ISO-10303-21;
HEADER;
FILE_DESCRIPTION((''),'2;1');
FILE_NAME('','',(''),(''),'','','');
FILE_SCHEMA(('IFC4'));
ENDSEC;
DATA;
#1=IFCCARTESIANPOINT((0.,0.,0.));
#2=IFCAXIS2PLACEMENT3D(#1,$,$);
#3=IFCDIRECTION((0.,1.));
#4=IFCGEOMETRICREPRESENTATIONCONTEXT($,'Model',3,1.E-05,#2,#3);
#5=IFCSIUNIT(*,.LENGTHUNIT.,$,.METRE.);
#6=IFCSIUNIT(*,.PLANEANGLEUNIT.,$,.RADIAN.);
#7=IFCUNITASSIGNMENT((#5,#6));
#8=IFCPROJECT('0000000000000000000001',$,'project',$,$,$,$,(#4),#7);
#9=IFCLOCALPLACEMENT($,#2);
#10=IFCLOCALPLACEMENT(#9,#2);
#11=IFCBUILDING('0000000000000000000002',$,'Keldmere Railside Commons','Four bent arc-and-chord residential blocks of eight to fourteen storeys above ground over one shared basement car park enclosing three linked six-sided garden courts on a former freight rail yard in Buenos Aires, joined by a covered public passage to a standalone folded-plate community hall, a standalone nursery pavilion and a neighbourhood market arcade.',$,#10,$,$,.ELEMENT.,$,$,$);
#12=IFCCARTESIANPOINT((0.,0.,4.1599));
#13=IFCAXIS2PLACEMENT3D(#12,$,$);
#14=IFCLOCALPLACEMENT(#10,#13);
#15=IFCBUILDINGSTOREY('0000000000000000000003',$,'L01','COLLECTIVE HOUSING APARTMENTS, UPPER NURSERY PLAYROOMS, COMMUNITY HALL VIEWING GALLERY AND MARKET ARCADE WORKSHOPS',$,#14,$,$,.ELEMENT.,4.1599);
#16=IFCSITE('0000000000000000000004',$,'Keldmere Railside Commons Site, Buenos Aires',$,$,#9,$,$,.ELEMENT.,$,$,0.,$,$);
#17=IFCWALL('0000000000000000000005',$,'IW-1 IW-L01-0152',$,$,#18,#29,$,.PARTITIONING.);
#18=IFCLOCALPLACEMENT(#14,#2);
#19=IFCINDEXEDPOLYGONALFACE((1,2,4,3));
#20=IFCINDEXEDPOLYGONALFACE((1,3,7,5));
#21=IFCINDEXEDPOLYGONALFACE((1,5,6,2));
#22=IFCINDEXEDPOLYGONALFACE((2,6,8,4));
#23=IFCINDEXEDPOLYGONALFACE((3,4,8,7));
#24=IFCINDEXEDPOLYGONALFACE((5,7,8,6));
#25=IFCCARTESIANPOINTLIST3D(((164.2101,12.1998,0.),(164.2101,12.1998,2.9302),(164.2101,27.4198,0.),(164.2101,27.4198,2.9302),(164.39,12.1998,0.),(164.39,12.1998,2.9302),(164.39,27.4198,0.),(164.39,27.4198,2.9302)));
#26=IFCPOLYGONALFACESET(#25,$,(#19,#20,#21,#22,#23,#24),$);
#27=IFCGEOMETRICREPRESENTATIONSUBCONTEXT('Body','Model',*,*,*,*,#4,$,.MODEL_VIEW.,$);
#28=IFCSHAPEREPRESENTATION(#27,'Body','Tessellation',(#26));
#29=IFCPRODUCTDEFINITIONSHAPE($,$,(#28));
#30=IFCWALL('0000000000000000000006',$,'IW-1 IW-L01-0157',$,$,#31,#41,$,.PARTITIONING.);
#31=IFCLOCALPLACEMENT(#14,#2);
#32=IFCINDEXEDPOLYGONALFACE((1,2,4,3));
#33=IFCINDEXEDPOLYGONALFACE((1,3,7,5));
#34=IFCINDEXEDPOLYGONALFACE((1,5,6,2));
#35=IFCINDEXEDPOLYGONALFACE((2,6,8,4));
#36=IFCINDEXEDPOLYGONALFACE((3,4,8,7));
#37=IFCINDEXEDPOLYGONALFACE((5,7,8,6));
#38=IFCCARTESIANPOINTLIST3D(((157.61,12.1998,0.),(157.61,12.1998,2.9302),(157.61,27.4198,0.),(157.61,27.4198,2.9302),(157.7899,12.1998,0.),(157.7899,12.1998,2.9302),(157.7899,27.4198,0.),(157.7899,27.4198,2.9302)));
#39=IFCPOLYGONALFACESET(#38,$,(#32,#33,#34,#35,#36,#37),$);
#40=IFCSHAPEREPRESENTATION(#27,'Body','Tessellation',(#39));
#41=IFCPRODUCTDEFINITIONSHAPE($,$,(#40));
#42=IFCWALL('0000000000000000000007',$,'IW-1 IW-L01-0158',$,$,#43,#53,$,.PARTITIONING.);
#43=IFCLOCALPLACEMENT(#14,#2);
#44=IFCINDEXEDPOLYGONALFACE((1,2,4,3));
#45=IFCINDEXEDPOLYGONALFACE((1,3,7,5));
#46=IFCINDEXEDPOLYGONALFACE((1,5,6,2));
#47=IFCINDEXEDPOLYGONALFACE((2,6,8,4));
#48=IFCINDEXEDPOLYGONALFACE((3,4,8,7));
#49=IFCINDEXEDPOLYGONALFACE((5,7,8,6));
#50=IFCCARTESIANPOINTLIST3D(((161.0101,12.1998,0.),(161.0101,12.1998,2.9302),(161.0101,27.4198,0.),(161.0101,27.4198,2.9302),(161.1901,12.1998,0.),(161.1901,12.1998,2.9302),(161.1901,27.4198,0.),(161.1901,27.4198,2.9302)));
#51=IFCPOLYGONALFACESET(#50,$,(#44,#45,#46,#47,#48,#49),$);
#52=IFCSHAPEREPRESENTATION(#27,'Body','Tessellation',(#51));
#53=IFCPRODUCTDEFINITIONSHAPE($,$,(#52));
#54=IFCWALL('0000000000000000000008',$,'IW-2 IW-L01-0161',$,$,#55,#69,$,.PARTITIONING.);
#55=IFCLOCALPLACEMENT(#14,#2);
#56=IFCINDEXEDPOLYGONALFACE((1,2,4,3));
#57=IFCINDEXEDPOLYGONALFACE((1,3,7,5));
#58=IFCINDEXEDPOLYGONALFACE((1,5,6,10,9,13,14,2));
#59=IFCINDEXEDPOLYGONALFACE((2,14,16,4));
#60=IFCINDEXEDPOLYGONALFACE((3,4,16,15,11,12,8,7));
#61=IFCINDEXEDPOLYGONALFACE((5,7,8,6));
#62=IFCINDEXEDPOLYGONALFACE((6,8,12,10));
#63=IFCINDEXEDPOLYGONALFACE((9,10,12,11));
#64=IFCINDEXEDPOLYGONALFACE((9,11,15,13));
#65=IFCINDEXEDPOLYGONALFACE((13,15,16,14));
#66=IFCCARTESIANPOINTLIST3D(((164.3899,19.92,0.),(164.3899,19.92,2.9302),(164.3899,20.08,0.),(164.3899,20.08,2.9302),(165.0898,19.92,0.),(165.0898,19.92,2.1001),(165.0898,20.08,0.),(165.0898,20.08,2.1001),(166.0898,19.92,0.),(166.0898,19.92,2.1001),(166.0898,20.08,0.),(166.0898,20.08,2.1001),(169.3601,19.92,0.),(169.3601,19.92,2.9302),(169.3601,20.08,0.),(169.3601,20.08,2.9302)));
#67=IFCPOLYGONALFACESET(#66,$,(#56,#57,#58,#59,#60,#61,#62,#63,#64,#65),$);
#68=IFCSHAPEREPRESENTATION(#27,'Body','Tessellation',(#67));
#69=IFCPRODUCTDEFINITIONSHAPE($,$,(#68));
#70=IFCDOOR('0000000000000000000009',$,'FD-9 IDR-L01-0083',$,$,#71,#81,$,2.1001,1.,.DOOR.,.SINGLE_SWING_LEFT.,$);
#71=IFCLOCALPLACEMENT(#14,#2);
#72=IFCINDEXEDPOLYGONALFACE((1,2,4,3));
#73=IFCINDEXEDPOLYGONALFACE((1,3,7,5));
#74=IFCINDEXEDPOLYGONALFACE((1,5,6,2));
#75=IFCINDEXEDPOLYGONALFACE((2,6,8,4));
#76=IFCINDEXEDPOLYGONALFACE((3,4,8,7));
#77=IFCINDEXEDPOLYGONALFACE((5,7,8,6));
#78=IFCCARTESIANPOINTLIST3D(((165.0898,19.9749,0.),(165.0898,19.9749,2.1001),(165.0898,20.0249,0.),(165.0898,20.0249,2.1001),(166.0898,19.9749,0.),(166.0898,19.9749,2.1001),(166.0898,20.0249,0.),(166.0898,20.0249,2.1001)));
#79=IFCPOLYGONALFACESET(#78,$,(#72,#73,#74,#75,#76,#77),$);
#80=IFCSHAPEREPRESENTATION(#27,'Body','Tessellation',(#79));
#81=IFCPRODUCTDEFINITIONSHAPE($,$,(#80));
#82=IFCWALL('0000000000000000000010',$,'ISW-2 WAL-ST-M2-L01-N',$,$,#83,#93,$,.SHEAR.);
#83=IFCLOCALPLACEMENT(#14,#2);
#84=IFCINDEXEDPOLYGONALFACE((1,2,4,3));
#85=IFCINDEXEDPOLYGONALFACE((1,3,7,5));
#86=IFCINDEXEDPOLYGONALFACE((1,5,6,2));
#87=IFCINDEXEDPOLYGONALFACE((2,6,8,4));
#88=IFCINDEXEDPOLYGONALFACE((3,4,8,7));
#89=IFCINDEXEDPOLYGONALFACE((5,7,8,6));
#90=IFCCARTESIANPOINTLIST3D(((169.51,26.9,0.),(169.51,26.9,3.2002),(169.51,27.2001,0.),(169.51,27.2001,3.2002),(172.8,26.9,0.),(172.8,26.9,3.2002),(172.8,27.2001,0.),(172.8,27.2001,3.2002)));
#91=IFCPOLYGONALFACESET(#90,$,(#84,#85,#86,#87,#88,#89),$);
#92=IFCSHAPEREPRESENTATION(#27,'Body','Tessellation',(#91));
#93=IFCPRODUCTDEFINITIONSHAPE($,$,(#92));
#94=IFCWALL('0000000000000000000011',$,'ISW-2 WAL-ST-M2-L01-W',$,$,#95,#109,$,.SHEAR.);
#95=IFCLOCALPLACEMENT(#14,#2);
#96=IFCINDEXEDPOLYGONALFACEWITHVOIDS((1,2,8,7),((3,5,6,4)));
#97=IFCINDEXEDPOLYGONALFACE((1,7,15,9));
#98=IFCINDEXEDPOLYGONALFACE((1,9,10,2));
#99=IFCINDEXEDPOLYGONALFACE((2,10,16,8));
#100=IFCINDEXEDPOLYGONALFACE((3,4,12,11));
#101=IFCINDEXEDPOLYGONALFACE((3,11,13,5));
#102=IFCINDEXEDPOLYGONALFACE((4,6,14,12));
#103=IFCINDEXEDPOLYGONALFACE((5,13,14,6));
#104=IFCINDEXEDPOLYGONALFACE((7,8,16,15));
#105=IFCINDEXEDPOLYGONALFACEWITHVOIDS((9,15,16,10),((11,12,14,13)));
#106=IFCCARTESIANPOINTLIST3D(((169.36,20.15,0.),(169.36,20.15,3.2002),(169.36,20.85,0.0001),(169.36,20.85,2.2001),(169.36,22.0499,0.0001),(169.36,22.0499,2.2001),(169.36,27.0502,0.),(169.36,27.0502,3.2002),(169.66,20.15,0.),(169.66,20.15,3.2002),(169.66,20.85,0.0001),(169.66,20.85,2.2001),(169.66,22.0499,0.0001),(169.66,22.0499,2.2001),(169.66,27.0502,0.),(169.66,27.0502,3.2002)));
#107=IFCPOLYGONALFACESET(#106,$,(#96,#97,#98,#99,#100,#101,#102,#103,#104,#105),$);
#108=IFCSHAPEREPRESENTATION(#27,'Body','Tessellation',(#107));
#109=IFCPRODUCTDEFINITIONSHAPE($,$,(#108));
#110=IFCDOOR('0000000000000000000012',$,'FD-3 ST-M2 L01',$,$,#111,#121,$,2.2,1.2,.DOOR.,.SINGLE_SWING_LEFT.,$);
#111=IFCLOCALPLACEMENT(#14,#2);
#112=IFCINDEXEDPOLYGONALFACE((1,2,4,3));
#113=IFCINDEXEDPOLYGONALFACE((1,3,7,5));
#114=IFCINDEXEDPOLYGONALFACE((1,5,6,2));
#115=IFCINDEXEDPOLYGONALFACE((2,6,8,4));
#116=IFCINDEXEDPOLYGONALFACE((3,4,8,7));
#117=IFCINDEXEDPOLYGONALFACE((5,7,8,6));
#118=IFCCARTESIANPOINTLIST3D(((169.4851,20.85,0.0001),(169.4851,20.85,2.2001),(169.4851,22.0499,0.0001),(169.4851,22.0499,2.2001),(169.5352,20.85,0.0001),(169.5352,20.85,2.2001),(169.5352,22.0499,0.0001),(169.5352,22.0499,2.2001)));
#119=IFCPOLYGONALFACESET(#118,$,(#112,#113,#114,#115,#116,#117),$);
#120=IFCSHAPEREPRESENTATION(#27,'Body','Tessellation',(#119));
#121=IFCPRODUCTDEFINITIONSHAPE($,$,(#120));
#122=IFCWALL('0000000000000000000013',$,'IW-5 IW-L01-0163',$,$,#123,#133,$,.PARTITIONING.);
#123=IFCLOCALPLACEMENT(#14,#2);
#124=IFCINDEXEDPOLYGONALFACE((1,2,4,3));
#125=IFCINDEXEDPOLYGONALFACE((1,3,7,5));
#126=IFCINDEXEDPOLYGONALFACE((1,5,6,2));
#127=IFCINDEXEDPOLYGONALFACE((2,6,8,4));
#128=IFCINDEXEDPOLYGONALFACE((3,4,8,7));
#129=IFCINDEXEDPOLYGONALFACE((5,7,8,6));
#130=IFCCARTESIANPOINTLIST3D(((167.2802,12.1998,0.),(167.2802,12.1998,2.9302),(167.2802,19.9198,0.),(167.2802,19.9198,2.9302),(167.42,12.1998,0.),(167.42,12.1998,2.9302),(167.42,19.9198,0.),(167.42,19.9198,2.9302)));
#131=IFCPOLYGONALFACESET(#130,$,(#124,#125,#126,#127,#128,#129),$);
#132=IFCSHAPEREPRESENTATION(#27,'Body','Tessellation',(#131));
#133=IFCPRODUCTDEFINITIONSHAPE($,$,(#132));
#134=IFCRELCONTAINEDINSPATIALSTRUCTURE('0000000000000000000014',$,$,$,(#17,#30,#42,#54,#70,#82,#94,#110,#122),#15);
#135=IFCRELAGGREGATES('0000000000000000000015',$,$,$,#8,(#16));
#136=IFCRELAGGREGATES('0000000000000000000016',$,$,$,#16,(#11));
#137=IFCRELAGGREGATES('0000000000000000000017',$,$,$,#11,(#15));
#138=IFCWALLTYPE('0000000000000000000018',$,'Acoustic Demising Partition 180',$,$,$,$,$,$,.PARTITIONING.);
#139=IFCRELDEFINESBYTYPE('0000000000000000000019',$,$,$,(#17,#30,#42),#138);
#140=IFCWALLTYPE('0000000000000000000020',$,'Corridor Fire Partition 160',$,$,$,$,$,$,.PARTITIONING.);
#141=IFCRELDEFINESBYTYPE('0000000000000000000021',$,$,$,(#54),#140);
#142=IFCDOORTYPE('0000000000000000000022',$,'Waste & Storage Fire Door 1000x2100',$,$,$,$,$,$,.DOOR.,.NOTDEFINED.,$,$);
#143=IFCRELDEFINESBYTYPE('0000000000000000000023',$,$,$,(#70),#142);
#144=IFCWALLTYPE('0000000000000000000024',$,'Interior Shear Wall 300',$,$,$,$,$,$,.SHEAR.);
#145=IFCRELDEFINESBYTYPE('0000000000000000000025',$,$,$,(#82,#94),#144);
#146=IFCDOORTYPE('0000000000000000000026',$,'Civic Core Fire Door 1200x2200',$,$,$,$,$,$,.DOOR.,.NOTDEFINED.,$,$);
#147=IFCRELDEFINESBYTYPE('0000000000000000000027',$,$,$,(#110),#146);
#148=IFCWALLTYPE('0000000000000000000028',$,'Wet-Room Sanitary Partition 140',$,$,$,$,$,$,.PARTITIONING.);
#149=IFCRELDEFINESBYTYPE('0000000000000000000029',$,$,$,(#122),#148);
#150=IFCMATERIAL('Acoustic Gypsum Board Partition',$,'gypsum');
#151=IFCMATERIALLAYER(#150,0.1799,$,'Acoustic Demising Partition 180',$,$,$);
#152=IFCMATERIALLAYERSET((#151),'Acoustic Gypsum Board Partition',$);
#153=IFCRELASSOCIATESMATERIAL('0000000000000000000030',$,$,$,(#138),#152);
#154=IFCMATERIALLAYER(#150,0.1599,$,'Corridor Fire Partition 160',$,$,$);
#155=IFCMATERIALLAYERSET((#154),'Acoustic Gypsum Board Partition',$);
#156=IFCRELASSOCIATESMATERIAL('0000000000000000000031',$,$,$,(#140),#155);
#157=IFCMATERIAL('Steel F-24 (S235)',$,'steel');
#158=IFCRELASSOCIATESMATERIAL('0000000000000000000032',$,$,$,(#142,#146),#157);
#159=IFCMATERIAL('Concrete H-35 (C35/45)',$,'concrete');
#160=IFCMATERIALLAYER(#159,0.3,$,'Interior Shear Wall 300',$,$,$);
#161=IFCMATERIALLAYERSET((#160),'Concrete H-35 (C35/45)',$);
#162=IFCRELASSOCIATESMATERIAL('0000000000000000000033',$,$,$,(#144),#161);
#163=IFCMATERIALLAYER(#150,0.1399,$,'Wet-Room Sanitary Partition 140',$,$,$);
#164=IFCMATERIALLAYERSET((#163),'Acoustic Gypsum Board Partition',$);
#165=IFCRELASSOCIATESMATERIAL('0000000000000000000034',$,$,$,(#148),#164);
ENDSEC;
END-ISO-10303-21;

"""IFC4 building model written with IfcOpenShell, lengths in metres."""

from ifc_helpers import new_model, si_unit, direction, frame, frame_2d, origin, place, context, subcontext, project, spatial, rectangle, extrude, material, layer, layer_set, type_object, element, fill, save


model = new_model("IFC4")

# Units and contexts
model_context = context("Model", 3, precision=1e-05, world=origin(), true_north=direction((0.0, 1.0)))
body_context = subcontext(model_context, "Body", "Model", "MODEL_VIEW")
ifc_project = project(units=[si_unit("LENGTHUNIT", "METRE"), si_unit("PLANEANGLEUNIT", "RADIAN")], contexts=[model_context])

# Site, building, storey
site_placement = place(None, origin())
site = spatial("IfcSite", under=ifc_project, at=site_placement, Name="Keldmere Railside Commons Site, Buenos Aires", CompositionType="ELEMENT", RefElevation=0.0)
building_placement = place(site_placement, origin())
building = spatial("IfcBuilding", under=site, at=building_placement, Name="Keldmere Railside Commons", Description="Four bent arc-and-chord residential blocks of eight to fourteen storeys above ground over one shared basement car park enclosing three linked six-sided garden courts on a former freight rail yard in Buenos Aires, joined by a covered public passage to a standalone folded-plate community hall, a standalone nursery pavilion and a neighbourhood market arcade.", CompositionType="ELEMENT")
storey_placement = place(building_placement, frame((0.0, 0.0, 4.1599)))
storey = spatial("IfcBuildingStorey", under=building, at=storey_placement, Name="L01", Description="COLLECTIVE HOUSING APARTMENTS, UPPER NURSERY PLAYROOMS, COMMUNITY HALL VIEWING GALLERY AND MARKET ARCADE WORKSHOPS", CompositionType="ELEMENT", Elevation=4.1599)

# Shared definitions
ifc_material_1 = material(Name="Concrete H-35 (C35/45)", Category="concrete")

# Walls
ifc_material_2 = material(Name="Acoustic Gypsum Board Partition", Category="gypsum")
ifc_layer_1 = layer(ifc_material_2, 0.1799, Name="Acoustic Demising Partition 180")
ifc_layer_set_1 = layer_set([ifc_layer_1], Name="Acoustic Gypsum Board Partition")
wall_type_1 = type_object("IfcWallType", Name="Acoustic Demising Partition 180", PredefinedType="PARTITIONING", material=ifc_layer_set_1)
for number, where, z_axis, x_axis, name in (
    (1, (164.3, 12.2, 0.0), (0.0, 0.0, 1.0), (0.0, 1.0, 0.0), "IW-1 IW-L01-0152"),
    (2, (157.7, 12.2, 0.0), (0.0, 0.0, 1.0), (0.0, 1.0, 0.0), "IW-1 IW-L01-0157"),
    (3, (161.1001, 12.2, 0.0), (0.0, 0.0, 1.0), (0.0, 1.0, 0.0), "IW-1 IW-L01-0158"),
):
    element("IfcWall", number, at=place(storey_placement, frame(where, z_axis=z_axis, x_axis=x_axis)), inside=storey, type_object=wall_type_1, Name=name, PredefinedType="PARTITIONING", context=body_context, shape_type="SweptSolid", body=[
        extrude(rectangle(XDim=15.22, YDim=0.1799, at=frame_2d((7.6099, 0.0))), origin(), (0.0, 0.0, 1.0), 2.9302),
    ])

# Wall, opening, door
ifc_layer_2 = layer(ifc_material_2, 0.1599, Name="Corridor Fire Partition 160")
ifc_layer_set_2 = layer_set([ifc_layer_2], Name="Acoustic Gypsum Board Partition")
wall_type_2 = type_object("IfcWallType", Name="Corridor Fire Partition 160", PredefinedType="PARTITIONING", material=ifc_layer_set_2)
wall_1_placement = place(storey_placement, frame((164.3899, 20.0, 0.0), z_axis=(0.0, 0.0, 1.0), x_axis=(1.0, 0.0, 0.0)))
wall_1 = element("IfcWall", 4, at=wall_1_placement, inside=storey, type_object=wall_type_2, Name="IW-2 IW-L01-0161", PredefinedType="PARTITIONING", context=body_context, shape_type="SweptSolid", body=[
    extrude(rectangle(XDim=4.9702, YDim=0.1599, at=frame_2d((2.4851, 0.0))), origin(), (0.0, 0.0, 1.0), 2.9302),
])
opening_1_placement = place(wall_1_placement, frame((0.7, 0.0, 0.0)))
opening_1 = element("IfcOpeningElement", 5, at=opening_1_placement, cuts=wall_1, PredefinedType="OPENING", context=body_context, shape_type="SweptSolid", body=[
    extrude(rectangle(XDim=1.0, YDim=2.1001, at=frame_2d((0.5, 1.05))), frame((0.0, 0.0898, 0.0), z_axis=(0.0, -1.0, 0.0), x_axis=(1.0, 0.0, 0.0)), (0.0, 0.0, 1.0), 0.1799),
])
ifc_material_3 = material(Name="Steel F-24 (S235)", Category="steel")
door_type_1 = type_object("IfcDoorType", Name="Waste & Storage Fire Door 1000x2100", OperationType="NOTDEFINED", PredefinedType="DOOR", material=ifc_material_3)
door_1_placement = place(opening_1_placement, origin())
door_1 = element("IfcDoor", 6, at=door_1_placement, inside=storey, type_object=door_type_1, Name="FD-9 IDR-L01-0083", OperationType="SINGLE_SWING_LEFT", OverallHeight=2.1001, OverallWidth=1.0, PredefinedType="DOOR", context=body_context, shape_type="SweptSolid", body=[
    extrude(rectangle(XDim=1.0, YDim=2.1001, at=frame_2d((0.5, 1.05))), frame((0.0, 0.0249, 0.0), z_axis=(0.0, -1.0, 0.0), x_axis=(1.0, 0.0, 0.0)), (0.0, 0.0, 1.0), 0.05),
])
fill(opening_1, door_1)

# Wall
ifc_layer_3 = layer(ifc_material_1, 0.3, Name="Interior Shear Wall 300")
ifc_layer_set_3 = layer_set([ifc_layer_3], Name="Concrete H-35 (C35/45)")
wall_type_3 = type_object("IfcWallType", Name="Interior Shear Wall 300", PredefinedType="SHEAR", material=ifc_layer_set_3)
wall_2_placement = place(storey_placement, frame((169.51, 27.05, 0.0), z_axis=(0.0, 0.0, 1.0), x_axis=(1.0, 0.0, 0.0)))
element("IfcWall", 7, at=wall_2_placement, inside=storey, type_object=wall_type_3, Name="ISW-2 WAL-ST-M2-L01-N", PredefinedType="SHEAR", context=body_context, shape_type="SweptSolid", body=[
    extrude(rectangle(XDim=3.29, YDim=0.3, at=frame_2d((1.645, 0.0))), origin(), (0.0, 0.0, 1.0), 3.2002),
])

# Wall, opening, door
wall_3_placement = place(storey_placement, frame((169.51, 20.1499, 0.0), z_axis=(0.0, 0.0, 1.0), x_axis=(0.0, 1.0, 0.0)))
wall_3 = element("IfcWall", 8, at=wall_3_placement, inside=storey, type_object=wall_type_3, Name="ISW-2 WAL-ST-M2-L01-W", PredefinedType="SHEAR", context=body_context, shape_type="SweptSolid", body=[
    extrude(rectangle(XDim=6.9001, YDim=0.3, at=frame_2d((3.4502, 0.0))), origin(), (0.0, 0.0, 1.0), 3.2002),
])
opening_2_placement = place(wall_3_placement, frame((0.7, 0.0, 0.0)))
opening_2 = element("IfcOpeningElement", 9, at=opening_2_placement, cuts=wall_3, PredefinedType="OPENING", context=body_context, shape_type="SweptSolid", body=[
    extrude(rectangle(XDim=1.2, YDim=2.2, at=frame_2d((0.6001, 1.1001))), frame((0.0, 0.1599, 0.0), z_axis=(0.0, -1.0, 0.0), x_axis=(1.0, 0.0, 0.0)), (0.0, 0.0, 1.0), 0.3201),
])
door_type_2 = type_object("IfcDoorType", Name="Civic Core Fire Door 1200x2200", OperationType="NOTDEFINED", PredefinedType="DOOR", material=ifc_material_3)
door_2_placement = place(opening_2_placement, origin())
door_2 = element("IfcDoor", 10, at=door_2_placement, inside=storey, type_object=door_type_2, Name="FD-3 ST-M2 L01", OperationType="SINGLE_SWING_LEFT", OverallHeight=2.2, OverallWidth=1.2, PredefinedType="DOOR", context=body_context, shape_type="SweptSolid", body=[
    extrude(rectangle(XDim=1.2, YDim=2.2, at=frame_2d((0.6001, 1.1001))), frame((0.0, 0.0249, 0.0), z_axis=(0.0, -1.0, 0.0), x_axis=(1.0, 0.0, 0.0)), (0.0, 0.0, 1.0), 0.05),
])
fill(opening_2, door_2)

# Wall
ifc_layer_4 = layer(ifc_material_2, 0.1399, Name="Wet-Room Sanitary Partition 140")
ifc_layer_set_4 = layer_set([ifc_layer_4], Name="Acoustic Gypsum Board Partition")
wall_type_4 = type_object("IfcWallType", Name="Wet-Room Sanitary Partition 140", PredefinedType="PARTITIONING", material=ifc_layer_set_4)
wall_4_placement = place(storey_placement, frame((167.3501, 12.2, 0.0), z_axis=(0.0, 0.0, 1.0), x_axis=(0.0, 1.0, 0.0)))
element("IfcWall", 11, at=wall_4_placement, inside=storey, type_object=wall_type_4, Name="IW-5 IW-L01-0163", PredefinedType="PARTITIONING", context=body_context, shape_type="SweptSolid", body=[
    extrude(rectangle(XDim=7.72, YDim=0.1399, at=frame_2d((3.8599, 0.0))), origin(), (0.0, 0.0, 1.0), 2.9302),
])

save(model, "model.ifc")
